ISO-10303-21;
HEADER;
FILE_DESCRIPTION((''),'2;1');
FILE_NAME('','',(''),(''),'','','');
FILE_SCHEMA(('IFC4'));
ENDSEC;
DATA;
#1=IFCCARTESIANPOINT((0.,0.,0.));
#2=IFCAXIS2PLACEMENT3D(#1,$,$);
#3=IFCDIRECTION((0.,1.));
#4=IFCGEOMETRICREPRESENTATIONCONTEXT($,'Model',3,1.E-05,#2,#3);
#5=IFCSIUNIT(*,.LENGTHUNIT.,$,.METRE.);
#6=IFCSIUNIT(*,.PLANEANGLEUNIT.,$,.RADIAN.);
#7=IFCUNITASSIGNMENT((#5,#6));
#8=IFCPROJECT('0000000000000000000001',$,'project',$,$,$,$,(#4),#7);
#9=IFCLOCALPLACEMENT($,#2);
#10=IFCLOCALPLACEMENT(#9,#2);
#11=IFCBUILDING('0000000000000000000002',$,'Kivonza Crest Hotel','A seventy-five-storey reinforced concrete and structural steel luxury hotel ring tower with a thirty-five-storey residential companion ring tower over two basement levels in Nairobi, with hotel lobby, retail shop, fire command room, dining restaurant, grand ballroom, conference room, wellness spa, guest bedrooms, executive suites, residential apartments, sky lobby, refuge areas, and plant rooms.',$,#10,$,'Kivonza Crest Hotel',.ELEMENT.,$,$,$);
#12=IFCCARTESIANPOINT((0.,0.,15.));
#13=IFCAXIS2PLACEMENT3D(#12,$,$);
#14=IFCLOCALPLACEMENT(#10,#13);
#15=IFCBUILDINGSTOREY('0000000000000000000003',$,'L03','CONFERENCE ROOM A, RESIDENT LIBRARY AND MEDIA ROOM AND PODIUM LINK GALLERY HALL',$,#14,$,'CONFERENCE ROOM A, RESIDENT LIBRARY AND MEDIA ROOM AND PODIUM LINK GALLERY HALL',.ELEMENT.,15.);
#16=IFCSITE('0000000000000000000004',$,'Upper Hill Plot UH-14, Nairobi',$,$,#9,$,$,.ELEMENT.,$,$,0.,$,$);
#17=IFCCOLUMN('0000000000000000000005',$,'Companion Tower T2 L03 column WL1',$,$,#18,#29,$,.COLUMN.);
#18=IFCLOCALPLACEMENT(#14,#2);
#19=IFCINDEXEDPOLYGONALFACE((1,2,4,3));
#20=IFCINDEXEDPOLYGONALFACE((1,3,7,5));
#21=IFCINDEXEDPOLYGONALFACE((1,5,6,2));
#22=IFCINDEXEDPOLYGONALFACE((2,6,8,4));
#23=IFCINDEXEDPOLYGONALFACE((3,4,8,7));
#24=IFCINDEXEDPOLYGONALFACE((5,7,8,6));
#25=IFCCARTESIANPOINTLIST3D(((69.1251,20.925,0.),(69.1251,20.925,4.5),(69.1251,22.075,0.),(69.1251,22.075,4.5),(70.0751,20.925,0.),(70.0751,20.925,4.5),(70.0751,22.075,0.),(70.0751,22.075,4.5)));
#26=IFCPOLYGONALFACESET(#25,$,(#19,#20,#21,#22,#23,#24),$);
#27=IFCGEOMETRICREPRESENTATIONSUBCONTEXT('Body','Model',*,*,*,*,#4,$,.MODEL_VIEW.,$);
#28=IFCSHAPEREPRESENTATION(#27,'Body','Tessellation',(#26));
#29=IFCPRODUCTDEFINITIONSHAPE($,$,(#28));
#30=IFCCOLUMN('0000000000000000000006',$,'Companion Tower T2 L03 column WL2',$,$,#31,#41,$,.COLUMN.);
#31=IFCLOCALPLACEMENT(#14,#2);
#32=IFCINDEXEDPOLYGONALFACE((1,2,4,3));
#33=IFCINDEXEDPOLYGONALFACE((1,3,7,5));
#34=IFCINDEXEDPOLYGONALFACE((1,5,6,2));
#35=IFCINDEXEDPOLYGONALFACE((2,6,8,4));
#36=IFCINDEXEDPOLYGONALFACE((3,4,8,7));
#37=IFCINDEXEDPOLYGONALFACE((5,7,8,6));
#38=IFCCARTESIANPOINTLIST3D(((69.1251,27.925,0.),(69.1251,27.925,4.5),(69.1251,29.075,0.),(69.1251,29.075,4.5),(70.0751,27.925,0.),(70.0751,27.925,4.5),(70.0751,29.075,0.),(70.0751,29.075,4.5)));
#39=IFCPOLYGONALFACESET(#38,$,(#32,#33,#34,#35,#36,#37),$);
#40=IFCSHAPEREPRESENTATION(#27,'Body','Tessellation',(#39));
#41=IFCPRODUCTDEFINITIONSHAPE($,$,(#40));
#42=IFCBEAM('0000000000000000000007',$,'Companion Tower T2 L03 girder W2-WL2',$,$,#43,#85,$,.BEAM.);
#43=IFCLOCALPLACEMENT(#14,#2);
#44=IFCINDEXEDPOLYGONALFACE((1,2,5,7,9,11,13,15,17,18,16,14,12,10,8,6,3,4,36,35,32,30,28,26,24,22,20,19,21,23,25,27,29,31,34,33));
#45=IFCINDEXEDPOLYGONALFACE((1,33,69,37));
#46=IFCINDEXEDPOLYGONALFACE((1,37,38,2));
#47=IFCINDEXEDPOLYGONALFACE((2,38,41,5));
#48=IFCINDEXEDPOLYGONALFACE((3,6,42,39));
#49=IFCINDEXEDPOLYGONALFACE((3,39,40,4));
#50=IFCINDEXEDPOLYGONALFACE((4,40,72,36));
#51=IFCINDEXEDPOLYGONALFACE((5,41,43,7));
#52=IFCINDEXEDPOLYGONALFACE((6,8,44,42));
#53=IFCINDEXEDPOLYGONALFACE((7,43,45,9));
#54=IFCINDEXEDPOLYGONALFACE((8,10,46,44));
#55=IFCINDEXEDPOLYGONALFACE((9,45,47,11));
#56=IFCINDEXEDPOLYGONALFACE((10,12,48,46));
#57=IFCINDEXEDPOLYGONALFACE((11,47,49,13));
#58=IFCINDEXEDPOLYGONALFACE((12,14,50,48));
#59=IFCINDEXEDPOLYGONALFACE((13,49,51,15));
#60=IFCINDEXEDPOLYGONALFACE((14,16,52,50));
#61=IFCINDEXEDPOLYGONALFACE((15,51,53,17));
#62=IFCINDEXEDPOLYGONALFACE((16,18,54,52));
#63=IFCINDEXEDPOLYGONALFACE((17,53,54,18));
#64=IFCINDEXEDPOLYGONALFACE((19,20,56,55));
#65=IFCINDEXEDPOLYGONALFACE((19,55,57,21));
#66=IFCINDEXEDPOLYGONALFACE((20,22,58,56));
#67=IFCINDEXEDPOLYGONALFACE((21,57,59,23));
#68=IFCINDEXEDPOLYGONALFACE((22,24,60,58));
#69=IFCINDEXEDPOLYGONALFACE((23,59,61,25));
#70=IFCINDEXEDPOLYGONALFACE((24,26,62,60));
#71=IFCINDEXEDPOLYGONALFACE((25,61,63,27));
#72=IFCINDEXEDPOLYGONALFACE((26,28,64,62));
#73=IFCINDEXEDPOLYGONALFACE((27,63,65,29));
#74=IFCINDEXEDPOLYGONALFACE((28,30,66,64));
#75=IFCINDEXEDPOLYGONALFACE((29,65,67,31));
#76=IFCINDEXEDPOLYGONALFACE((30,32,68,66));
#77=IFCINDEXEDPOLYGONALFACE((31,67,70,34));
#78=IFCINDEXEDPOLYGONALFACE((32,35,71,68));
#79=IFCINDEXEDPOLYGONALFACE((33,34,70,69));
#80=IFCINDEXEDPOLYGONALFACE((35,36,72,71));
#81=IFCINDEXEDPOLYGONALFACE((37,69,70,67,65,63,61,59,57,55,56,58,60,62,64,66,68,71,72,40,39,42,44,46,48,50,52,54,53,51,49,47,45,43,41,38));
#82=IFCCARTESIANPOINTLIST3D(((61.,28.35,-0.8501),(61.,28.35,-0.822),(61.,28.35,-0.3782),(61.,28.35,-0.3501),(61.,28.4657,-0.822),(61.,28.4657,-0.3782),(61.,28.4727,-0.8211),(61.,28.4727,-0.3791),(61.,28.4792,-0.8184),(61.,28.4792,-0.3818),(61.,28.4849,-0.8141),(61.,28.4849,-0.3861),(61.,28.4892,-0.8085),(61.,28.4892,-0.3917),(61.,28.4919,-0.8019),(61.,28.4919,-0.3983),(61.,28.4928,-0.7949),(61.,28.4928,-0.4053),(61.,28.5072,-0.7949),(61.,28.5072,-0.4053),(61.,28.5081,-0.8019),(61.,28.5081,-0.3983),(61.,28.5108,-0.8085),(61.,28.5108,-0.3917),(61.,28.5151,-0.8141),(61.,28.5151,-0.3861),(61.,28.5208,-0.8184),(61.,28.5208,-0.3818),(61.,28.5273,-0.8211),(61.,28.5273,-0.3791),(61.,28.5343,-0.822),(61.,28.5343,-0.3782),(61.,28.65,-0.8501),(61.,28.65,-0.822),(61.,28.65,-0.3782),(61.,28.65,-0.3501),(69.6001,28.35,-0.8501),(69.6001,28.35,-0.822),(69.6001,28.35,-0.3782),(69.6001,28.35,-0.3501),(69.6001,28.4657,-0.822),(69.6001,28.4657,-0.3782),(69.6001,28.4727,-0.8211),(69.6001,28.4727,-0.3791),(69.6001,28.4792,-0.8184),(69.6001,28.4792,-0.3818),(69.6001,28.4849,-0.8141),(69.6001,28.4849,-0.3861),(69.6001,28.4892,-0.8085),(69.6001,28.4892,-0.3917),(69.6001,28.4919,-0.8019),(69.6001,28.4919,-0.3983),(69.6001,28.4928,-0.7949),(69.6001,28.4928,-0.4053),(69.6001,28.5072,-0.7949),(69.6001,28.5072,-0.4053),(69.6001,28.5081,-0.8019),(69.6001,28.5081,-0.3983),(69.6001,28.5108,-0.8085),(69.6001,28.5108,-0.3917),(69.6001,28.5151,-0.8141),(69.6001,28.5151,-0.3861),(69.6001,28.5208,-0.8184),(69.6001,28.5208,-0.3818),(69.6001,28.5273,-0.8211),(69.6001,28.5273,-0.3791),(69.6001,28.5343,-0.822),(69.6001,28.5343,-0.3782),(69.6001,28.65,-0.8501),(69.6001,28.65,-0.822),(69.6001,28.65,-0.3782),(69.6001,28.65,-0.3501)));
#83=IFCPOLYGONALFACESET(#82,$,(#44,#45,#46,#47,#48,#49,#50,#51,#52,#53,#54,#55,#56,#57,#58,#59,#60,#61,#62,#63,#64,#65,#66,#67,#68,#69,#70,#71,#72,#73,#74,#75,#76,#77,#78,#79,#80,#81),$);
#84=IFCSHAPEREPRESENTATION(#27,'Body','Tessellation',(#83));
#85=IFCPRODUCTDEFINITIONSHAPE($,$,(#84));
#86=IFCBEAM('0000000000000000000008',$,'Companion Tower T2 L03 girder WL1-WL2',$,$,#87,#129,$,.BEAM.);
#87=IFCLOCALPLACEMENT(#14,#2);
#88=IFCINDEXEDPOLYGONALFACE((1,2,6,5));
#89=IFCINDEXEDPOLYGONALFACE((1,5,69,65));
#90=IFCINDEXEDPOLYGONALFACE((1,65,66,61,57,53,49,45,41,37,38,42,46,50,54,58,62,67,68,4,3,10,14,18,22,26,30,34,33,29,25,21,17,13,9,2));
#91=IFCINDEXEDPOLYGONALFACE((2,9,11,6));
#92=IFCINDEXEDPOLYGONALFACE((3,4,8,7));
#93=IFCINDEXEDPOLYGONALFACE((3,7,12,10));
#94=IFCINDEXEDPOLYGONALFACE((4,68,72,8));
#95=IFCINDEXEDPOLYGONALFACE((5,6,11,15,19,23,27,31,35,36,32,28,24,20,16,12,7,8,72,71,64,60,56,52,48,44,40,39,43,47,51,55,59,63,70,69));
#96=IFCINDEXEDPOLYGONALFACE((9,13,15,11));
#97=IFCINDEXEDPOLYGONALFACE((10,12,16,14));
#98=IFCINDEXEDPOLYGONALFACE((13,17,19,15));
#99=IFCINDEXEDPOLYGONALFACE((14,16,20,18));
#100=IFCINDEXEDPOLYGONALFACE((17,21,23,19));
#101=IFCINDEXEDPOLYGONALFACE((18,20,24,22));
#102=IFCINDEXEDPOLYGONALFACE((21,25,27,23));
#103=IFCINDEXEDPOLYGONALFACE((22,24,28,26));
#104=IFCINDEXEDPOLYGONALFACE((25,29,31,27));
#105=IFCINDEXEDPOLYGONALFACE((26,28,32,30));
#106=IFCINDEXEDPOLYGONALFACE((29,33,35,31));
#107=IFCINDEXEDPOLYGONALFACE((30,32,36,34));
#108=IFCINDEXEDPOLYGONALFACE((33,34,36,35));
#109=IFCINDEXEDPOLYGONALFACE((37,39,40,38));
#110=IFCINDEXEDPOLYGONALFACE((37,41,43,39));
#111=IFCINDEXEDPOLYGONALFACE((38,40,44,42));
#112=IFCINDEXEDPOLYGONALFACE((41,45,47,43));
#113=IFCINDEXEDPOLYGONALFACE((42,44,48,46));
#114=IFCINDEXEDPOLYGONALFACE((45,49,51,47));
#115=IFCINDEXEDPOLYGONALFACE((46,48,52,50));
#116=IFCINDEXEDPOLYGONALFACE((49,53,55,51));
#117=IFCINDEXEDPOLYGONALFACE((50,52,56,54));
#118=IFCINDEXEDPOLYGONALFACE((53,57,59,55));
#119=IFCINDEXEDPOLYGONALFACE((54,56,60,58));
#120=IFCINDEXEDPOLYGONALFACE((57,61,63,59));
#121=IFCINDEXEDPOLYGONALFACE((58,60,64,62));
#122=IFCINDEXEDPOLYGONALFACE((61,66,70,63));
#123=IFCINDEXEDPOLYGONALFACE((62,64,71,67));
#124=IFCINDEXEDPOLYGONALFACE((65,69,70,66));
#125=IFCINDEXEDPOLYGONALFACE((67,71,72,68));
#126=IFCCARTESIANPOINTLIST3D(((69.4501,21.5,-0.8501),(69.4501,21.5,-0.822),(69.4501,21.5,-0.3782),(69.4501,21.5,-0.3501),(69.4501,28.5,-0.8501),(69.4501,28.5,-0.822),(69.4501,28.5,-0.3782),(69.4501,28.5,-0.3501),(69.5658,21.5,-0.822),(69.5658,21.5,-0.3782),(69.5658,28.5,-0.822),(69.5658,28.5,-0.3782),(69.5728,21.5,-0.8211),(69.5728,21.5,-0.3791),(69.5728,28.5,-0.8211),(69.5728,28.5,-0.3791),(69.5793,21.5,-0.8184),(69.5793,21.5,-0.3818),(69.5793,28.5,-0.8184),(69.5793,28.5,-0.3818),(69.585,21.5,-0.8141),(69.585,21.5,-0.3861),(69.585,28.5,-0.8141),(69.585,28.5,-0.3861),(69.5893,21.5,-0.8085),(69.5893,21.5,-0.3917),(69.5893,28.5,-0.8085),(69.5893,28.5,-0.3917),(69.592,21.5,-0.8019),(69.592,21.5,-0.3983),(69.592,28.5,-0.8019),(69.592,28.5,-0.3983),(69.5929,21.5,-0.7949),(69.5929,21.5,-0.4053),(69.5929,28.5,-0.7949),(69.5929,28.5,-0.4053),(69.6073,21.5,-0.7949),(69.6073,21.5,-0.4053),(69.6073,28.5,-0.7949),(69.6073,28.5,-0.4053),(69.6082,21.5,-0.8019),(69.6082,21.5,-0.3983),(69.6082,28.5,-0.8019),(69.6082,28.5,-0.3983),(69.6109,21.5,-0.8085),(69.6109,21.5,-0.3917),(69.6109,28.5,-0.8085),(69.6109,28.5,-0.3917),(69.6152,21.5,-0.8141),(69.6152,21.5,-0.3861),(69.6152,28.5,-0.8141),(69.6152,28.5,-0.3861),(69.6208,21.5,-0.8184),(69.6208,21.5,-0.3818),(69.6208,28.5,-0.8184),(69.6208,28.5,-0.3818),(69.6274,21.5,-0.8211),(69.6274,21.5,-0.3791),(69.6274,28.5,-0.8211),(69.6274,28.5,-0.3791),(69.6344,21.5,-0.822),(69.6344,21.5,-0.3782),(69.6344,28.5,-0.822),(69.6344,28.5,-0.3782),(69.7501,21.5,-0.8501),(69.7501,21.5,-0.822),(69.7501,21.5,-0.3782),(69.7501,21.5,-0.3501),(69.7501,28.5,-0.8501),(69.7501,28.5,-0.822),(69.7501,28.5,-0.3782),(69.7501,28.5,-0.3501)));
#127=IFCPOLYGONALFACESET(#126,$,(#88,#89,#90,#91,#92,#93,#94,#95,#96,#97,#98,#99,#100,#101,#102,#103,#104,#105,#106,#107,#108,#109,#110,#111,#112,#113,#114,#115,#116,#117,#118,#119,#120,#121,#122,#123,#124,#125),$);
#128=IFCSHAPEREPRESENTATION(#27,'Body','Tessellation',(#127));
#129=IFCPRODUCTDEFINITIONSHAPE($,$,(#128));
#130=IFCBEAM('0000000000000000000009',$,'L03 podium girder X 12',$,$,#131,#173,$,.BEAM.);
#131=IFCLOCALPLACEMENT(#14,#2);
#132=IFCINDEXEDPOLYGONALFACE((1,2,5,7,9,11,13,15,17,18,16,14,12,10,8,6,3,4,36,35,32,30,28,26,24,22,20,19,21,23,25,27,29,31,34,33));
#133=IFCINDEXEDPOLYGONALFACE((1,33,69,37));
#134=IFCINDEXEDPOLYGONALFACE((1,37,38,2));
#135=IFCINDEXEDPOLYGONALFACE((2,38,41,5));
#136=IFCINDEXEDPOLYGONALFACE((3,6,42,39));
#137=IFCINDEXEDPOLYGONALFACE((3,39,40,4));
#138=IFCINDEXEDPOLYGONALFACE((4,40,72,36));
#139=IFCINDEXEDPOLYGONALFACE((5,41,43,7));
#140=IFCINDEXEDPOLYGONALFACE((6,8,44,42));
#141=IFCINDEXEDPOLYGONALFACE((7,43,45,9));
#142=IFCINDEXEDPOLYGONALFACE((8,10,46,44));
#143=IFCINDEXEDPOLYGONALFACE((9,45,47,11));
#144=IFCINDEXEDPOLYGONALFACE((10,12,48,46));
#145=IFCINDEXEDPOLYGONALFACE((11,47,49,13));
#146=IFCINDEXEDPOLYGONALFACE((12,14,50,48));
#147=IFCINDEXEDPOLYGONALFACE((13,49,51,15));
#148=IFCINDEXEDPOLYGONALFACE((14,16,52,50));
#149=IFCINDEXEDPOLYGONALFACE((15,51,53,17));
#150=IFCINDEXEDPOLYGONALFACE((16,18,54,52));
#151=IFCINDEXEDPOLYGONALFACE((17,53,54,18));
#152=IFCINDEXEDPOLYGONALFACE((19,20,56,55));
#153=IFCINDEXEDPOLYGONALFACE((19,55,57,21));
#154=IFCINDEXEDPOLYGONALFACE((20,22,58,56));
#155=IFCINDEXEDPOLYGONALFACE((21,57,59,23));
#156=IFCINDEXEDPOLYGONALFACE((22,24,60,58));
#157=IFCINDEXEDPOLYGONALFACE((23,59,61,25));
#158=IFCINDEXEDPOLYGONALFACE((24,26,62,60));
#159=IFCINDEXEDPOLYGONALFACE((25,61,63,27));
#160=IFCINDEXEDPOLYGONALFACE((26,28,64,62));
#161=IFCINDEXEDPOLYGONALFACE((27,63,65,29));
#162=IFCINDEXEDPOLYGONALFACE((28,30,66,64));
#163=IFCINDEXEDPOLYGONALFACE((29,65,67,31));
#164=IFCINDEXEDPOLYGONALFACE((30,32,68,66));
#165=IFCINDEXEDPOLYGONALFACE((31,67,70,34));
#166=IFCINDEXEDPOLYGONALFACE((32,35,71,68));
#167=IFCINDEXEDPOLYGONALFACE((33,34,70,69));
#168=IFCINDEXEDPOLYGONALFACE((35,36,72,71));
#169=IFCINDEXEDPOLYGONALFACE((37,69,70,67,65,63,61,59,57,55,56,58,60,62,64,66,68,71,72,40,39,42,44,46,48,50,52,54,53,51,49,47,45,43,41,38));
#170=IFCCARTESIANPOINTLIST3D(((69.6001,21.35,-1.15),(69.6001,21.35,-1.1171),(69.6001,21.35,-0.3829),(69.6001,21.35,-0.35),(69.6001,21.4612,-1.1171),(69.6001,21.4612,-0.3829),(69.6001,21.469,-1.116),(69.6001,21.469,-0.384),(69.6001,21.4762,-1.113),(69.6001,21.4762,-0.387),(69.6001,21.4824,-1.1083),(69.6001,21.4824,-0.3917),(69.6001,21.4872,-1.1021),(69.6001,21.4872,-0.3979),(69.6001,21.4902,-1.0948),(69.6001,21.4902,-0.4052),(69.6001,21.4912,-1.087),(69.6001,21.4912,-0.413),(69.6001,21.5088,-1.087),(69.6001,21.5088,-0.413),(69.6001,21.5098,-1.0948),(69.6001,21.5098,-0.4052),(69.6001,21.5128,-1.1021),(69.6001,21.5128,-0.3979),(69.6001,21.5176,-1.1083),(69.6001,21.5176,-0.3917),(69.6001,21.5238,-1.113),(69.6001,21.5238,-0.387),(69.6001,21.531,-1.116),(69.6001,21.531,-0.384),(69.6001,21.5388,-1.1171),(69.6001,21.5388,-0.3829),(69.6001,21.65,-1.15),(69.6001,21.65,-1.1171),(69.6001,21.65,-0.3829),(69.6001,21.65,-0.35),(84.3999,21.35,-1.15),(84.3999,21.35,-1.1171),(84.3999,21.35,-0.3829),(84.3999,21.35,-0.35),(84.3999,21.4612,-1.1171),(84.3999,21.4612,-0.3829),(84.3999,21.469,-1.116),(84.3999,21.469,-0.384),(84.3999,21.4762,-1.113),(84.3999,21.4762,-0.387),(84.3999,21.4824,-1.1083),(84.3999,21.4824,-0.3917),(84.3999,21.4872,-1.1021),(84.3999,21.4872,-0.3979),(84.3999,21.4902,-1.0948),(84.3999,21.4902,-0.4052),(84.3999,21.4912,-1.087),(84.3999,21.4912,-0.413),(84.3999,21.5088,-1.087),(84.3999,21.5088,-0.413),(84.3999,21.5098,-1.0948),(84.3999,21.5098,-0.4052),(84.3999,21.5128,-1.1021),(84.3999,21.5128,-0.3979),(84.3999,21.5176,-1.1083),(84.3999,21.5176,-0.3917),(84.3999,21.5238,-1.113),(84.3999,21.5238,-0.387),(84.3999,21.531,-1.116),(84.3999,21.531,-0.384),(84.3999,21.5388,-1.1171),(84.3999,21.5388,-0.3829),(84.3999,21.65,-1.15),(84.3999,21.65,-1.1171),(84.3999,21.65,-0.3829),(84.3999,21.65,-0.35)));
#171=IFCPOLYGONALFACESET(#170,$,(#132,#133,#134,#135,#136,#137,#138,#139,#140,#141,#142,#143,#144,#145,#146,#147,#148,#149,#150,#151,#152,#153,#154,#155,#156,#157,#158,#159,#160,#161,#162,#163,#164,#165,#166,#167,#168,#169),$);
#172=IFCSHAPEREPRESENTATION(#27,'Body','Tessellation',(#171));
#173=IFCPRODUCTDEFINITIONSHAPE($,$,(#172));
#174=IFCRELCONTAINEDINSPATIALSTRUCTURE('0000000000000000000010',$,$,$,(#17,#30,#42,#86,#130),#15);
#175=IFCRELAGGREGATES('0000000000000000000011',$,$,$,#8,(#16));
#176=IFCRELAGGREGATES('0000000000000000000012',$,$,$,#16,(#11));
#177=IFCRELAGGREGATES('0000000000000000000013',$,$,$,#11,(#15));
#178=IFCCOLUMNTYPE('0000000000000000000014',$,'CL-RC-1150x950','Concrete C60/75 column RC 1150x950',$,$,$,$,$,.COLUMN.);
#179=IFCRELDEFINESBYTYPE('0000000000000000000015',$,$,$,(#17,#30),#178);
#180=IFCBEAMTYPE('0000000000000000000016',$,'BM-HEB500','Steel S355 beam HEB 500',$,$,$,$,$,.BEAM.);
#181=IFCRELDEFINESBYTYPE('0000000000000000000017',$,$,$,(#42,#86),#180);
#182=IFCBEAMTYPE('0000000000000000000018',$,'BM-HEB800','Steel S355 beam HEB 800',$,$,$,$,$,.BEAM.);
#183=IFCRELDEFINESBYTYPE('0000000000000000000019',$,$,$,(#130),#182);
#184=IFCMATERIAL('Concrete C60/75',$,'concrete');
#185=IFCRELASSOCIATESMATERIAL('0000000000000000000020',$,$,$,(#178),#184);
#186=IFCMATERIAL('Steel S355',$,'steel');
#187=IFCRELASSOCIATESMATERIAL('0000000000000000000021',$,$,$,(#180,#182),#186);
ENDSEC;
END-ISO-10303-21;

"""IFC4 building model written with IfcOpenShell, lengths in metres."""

from ifc_helpers import new_model, si_unit, direction, frame, origin, origin_2d, place, context, subcontext, project, spatial, rectangle, i_section, extrude, material, material_profile, profile_set, type_object, element, save


model = new_model("IFC4")

# Units and contexts
model_context = context("Model", 3, precision=1e-05, world=origin(), true_north=direction((0.0, 1.0)))
body_context = subcontext(model_context, "Body", "Model", "MODEL_VIEW")
ifc_project = project(units=[si_unit("LENGTHUNIT", "METRE"), si_unit("PLANEANGLEUNIT", "RADIAN")], contexts=[model_context])

# Site, building, storey
site_placement = place(None, origin())
site = spatial("IfcSite", under=ifc_project, at=site_placement, Name="Upper Hill Plot UH-14, Nairobi", CompositionType="ELEMENT", RefElevation=0.0)
building_placement = place(site_placement, origin())
building = spatial("IfcBuilding", under=site, at=building_placement, Name="Kivonza Crest Hotel", Description="A seventy-five-storey reinforced concrete and structural steel luxury hotel ring tower with a thirty-five-storey residential companion ring tower over two basement levels in Nairobi, with hotel lobby, retail shop, fire command room, dining restaurant, grand ballroom, conference room, wellness spa, guest bedrooms, executive suites, residential apartments, sky lobby, refuge areas, and plant rooms.", LongName="Kivonza Crest Hotel", CompositionType="ELEMENT")
storey_placement = place(building_placement, frame((0.0, 0.0, 15.0)))
storey = spatial("IfcBuildingStorey", under=building, at=storey_placement, Name="L03", Description="CONFERENCE ROOM A, RESIDENT LIBRARY AND MEDIA ROOM AND PODIUM LINK GALLERY HALL", LongName="CONFERENCE ROOM A, RESIDENT LIBRARY AND MEDIA ROOM AND PODIUM LINK GALLERY HALL", CompositionType="ELEMENT", Elevation=15.0)

# Columns
ifc_material_1 = material(Name="Concrete C60/75", Category="concrete")
ifc_material_profile_1 = material_profile(ifc_material_1, rectangle(XDim=0.95, YDim=1.1499, at=origin_2d()), Name="RC 1150x950")
ifc_profile_set_1 = profile_set([ifc_material_profile_1], Name="Concrete C60/75")
column_type = type_object("IfcColumnType", Name="CL-RC-1150x950", Description="Concrete C60/75 column RC 1150x950", PredefinedType="COLUMN", material=ifc_profile_set_1)
for number, where, z_axis, x_axis, name in (
    (1, (69.6001, 21.5, 0.0), (0.0, 0.0, 1.0), (1.0, 0.0, 0.0), "Companion Tower T2 L03 column WL1"),
    (2, (69.6001, 28.5, 0.0), (0.0, 0.0, 1.0), (1.0, 0.0, 0.0), "Companion Tower T2 L03 column WL2"),
):
    element("IfcColumn", number, at=place(storey_placement, frame(where, z_axis=z_axis, x_axis=x_axis)), inside=storey, type_object=column_type, Name=name, PredefinedType="COLUMN", context=body_context, shape_type="SweptSolid", body=[
        extrude(rectangle(XDim=0.95, YDim=1.1499, at=origin_2d()), origin(), (0.0, 0.0, 1.0), 4.5),
    ])

# Beams
ifc_material_2 = material(Name="Steel S355", Category="steel")
ifc_material_profile_2 = material_profile(ifc_material_2, i_section(OverallWidth=0.3, OverallDepth=0.5, WebThickness=0.0144, FlangeThickness=0.0281, FilletRadius=0.0271, at=origin_2d()), Name="HEB 500")
ifc_profile_set_2 = profile_set([ifc_material_profile_2], Name="Steel S355")
beam_type_1 = type_object("IfcBeamType", Name="BM-HEB500", Description="Steel S355 beam HEB 500", PredefinedType="BEAM", material=ifc_profile_set_2)
beam_1_placement = place(storey_placement, frame((61.0, 28.5, -0.6001), z_axis=(1.0, 0.0, 0.0), x_axis=(0.0, 1.0, 0.0)))
element("IfcBeam", 3, at=beam_1_placement, inside=storey, type_object=beam_type_1, Name="Companion Tower T2 L03 girder W2-WL2", PredefinedType="BEAM", context=body_context, shape_type="SweptSolid", body=[
    extrude(i_section(OverallWidth=0.3, OverallDepth=0.5, WebThickness=0.0144, FlangeThickness=0.0281, FilletRadius=0.0271, at=origin_2d()), origin(), (0.0, 0.0, 1.0), 8.6001),
])
beam_2_placement = place(storey_placement, frame((69.6001, 21.5, -0.6001), z_axis=(0.0, 1.0, 0.0), x_axis=(-1.0, 0.0, 0.0)))
element("IfcBeam", 4, at=beam_2_placement, inside=storey, type_object=beam_type_1, Name="Companion Tower T2 L03 girder WL1-WL2", PredefinedType="BEAM", context=body_context, shape_type="SweptSolid", body=[
    extrude(i_section(OverallWidth=0.3, OverallDepth=0.5, WebThickness=0.0144, FlangeThickness=0.0281, FilletRadius=0.0271, at=origin_2d()), origin(), (0.0, 0.0, 1.0), 7.0),
])
ifc_material_profile_3 = material_profile(ifc_material_2, i_section(OverallWidth=0.3, OverallDepth=0.8, WebThickness=0.0176, FlangeThickness=0.033, FilletRadius=0.03, at=origin_2d()), Name="HEB 800")
ifc_profile_set_3 = profile_set([ifc_material_profile_3], Name="Steel S355")
beam_type_2 = type_object("IfcBeamType", Name="BM-HEB800", Description="Steel S355 beam HEB 800", PredefinedType="BEAM", material=ifc_profile_set_3)
for number, where, z_axis, x_axis, name in (
    (5, (69.6001, 21.5, -0.75), (1.0, 0.0, 0.0), (0.0, 1.0, 0.0), "L03 podium girder X 12"),
):
    element("IfcBeam", number, at=place(storey_placement, frame(where, z_axis=z_axis, x_axis=x_axis)), inside=storey, type_object=beam_type_2, Name=name, PredefinedType="BEAM", context=body_context, shape_type="SweptSolid", body=[
        extrude(i_section(OverallWidth=0.3, OverallDepth=0.8, WebThickness=0.0176, FlangeThickness=0.033, FilletRadius=0.03, at=origin_2d()), origin(), (0.0, 0.0, 1.0), 14.7998),
    ])

save(model, "model.ifc")
